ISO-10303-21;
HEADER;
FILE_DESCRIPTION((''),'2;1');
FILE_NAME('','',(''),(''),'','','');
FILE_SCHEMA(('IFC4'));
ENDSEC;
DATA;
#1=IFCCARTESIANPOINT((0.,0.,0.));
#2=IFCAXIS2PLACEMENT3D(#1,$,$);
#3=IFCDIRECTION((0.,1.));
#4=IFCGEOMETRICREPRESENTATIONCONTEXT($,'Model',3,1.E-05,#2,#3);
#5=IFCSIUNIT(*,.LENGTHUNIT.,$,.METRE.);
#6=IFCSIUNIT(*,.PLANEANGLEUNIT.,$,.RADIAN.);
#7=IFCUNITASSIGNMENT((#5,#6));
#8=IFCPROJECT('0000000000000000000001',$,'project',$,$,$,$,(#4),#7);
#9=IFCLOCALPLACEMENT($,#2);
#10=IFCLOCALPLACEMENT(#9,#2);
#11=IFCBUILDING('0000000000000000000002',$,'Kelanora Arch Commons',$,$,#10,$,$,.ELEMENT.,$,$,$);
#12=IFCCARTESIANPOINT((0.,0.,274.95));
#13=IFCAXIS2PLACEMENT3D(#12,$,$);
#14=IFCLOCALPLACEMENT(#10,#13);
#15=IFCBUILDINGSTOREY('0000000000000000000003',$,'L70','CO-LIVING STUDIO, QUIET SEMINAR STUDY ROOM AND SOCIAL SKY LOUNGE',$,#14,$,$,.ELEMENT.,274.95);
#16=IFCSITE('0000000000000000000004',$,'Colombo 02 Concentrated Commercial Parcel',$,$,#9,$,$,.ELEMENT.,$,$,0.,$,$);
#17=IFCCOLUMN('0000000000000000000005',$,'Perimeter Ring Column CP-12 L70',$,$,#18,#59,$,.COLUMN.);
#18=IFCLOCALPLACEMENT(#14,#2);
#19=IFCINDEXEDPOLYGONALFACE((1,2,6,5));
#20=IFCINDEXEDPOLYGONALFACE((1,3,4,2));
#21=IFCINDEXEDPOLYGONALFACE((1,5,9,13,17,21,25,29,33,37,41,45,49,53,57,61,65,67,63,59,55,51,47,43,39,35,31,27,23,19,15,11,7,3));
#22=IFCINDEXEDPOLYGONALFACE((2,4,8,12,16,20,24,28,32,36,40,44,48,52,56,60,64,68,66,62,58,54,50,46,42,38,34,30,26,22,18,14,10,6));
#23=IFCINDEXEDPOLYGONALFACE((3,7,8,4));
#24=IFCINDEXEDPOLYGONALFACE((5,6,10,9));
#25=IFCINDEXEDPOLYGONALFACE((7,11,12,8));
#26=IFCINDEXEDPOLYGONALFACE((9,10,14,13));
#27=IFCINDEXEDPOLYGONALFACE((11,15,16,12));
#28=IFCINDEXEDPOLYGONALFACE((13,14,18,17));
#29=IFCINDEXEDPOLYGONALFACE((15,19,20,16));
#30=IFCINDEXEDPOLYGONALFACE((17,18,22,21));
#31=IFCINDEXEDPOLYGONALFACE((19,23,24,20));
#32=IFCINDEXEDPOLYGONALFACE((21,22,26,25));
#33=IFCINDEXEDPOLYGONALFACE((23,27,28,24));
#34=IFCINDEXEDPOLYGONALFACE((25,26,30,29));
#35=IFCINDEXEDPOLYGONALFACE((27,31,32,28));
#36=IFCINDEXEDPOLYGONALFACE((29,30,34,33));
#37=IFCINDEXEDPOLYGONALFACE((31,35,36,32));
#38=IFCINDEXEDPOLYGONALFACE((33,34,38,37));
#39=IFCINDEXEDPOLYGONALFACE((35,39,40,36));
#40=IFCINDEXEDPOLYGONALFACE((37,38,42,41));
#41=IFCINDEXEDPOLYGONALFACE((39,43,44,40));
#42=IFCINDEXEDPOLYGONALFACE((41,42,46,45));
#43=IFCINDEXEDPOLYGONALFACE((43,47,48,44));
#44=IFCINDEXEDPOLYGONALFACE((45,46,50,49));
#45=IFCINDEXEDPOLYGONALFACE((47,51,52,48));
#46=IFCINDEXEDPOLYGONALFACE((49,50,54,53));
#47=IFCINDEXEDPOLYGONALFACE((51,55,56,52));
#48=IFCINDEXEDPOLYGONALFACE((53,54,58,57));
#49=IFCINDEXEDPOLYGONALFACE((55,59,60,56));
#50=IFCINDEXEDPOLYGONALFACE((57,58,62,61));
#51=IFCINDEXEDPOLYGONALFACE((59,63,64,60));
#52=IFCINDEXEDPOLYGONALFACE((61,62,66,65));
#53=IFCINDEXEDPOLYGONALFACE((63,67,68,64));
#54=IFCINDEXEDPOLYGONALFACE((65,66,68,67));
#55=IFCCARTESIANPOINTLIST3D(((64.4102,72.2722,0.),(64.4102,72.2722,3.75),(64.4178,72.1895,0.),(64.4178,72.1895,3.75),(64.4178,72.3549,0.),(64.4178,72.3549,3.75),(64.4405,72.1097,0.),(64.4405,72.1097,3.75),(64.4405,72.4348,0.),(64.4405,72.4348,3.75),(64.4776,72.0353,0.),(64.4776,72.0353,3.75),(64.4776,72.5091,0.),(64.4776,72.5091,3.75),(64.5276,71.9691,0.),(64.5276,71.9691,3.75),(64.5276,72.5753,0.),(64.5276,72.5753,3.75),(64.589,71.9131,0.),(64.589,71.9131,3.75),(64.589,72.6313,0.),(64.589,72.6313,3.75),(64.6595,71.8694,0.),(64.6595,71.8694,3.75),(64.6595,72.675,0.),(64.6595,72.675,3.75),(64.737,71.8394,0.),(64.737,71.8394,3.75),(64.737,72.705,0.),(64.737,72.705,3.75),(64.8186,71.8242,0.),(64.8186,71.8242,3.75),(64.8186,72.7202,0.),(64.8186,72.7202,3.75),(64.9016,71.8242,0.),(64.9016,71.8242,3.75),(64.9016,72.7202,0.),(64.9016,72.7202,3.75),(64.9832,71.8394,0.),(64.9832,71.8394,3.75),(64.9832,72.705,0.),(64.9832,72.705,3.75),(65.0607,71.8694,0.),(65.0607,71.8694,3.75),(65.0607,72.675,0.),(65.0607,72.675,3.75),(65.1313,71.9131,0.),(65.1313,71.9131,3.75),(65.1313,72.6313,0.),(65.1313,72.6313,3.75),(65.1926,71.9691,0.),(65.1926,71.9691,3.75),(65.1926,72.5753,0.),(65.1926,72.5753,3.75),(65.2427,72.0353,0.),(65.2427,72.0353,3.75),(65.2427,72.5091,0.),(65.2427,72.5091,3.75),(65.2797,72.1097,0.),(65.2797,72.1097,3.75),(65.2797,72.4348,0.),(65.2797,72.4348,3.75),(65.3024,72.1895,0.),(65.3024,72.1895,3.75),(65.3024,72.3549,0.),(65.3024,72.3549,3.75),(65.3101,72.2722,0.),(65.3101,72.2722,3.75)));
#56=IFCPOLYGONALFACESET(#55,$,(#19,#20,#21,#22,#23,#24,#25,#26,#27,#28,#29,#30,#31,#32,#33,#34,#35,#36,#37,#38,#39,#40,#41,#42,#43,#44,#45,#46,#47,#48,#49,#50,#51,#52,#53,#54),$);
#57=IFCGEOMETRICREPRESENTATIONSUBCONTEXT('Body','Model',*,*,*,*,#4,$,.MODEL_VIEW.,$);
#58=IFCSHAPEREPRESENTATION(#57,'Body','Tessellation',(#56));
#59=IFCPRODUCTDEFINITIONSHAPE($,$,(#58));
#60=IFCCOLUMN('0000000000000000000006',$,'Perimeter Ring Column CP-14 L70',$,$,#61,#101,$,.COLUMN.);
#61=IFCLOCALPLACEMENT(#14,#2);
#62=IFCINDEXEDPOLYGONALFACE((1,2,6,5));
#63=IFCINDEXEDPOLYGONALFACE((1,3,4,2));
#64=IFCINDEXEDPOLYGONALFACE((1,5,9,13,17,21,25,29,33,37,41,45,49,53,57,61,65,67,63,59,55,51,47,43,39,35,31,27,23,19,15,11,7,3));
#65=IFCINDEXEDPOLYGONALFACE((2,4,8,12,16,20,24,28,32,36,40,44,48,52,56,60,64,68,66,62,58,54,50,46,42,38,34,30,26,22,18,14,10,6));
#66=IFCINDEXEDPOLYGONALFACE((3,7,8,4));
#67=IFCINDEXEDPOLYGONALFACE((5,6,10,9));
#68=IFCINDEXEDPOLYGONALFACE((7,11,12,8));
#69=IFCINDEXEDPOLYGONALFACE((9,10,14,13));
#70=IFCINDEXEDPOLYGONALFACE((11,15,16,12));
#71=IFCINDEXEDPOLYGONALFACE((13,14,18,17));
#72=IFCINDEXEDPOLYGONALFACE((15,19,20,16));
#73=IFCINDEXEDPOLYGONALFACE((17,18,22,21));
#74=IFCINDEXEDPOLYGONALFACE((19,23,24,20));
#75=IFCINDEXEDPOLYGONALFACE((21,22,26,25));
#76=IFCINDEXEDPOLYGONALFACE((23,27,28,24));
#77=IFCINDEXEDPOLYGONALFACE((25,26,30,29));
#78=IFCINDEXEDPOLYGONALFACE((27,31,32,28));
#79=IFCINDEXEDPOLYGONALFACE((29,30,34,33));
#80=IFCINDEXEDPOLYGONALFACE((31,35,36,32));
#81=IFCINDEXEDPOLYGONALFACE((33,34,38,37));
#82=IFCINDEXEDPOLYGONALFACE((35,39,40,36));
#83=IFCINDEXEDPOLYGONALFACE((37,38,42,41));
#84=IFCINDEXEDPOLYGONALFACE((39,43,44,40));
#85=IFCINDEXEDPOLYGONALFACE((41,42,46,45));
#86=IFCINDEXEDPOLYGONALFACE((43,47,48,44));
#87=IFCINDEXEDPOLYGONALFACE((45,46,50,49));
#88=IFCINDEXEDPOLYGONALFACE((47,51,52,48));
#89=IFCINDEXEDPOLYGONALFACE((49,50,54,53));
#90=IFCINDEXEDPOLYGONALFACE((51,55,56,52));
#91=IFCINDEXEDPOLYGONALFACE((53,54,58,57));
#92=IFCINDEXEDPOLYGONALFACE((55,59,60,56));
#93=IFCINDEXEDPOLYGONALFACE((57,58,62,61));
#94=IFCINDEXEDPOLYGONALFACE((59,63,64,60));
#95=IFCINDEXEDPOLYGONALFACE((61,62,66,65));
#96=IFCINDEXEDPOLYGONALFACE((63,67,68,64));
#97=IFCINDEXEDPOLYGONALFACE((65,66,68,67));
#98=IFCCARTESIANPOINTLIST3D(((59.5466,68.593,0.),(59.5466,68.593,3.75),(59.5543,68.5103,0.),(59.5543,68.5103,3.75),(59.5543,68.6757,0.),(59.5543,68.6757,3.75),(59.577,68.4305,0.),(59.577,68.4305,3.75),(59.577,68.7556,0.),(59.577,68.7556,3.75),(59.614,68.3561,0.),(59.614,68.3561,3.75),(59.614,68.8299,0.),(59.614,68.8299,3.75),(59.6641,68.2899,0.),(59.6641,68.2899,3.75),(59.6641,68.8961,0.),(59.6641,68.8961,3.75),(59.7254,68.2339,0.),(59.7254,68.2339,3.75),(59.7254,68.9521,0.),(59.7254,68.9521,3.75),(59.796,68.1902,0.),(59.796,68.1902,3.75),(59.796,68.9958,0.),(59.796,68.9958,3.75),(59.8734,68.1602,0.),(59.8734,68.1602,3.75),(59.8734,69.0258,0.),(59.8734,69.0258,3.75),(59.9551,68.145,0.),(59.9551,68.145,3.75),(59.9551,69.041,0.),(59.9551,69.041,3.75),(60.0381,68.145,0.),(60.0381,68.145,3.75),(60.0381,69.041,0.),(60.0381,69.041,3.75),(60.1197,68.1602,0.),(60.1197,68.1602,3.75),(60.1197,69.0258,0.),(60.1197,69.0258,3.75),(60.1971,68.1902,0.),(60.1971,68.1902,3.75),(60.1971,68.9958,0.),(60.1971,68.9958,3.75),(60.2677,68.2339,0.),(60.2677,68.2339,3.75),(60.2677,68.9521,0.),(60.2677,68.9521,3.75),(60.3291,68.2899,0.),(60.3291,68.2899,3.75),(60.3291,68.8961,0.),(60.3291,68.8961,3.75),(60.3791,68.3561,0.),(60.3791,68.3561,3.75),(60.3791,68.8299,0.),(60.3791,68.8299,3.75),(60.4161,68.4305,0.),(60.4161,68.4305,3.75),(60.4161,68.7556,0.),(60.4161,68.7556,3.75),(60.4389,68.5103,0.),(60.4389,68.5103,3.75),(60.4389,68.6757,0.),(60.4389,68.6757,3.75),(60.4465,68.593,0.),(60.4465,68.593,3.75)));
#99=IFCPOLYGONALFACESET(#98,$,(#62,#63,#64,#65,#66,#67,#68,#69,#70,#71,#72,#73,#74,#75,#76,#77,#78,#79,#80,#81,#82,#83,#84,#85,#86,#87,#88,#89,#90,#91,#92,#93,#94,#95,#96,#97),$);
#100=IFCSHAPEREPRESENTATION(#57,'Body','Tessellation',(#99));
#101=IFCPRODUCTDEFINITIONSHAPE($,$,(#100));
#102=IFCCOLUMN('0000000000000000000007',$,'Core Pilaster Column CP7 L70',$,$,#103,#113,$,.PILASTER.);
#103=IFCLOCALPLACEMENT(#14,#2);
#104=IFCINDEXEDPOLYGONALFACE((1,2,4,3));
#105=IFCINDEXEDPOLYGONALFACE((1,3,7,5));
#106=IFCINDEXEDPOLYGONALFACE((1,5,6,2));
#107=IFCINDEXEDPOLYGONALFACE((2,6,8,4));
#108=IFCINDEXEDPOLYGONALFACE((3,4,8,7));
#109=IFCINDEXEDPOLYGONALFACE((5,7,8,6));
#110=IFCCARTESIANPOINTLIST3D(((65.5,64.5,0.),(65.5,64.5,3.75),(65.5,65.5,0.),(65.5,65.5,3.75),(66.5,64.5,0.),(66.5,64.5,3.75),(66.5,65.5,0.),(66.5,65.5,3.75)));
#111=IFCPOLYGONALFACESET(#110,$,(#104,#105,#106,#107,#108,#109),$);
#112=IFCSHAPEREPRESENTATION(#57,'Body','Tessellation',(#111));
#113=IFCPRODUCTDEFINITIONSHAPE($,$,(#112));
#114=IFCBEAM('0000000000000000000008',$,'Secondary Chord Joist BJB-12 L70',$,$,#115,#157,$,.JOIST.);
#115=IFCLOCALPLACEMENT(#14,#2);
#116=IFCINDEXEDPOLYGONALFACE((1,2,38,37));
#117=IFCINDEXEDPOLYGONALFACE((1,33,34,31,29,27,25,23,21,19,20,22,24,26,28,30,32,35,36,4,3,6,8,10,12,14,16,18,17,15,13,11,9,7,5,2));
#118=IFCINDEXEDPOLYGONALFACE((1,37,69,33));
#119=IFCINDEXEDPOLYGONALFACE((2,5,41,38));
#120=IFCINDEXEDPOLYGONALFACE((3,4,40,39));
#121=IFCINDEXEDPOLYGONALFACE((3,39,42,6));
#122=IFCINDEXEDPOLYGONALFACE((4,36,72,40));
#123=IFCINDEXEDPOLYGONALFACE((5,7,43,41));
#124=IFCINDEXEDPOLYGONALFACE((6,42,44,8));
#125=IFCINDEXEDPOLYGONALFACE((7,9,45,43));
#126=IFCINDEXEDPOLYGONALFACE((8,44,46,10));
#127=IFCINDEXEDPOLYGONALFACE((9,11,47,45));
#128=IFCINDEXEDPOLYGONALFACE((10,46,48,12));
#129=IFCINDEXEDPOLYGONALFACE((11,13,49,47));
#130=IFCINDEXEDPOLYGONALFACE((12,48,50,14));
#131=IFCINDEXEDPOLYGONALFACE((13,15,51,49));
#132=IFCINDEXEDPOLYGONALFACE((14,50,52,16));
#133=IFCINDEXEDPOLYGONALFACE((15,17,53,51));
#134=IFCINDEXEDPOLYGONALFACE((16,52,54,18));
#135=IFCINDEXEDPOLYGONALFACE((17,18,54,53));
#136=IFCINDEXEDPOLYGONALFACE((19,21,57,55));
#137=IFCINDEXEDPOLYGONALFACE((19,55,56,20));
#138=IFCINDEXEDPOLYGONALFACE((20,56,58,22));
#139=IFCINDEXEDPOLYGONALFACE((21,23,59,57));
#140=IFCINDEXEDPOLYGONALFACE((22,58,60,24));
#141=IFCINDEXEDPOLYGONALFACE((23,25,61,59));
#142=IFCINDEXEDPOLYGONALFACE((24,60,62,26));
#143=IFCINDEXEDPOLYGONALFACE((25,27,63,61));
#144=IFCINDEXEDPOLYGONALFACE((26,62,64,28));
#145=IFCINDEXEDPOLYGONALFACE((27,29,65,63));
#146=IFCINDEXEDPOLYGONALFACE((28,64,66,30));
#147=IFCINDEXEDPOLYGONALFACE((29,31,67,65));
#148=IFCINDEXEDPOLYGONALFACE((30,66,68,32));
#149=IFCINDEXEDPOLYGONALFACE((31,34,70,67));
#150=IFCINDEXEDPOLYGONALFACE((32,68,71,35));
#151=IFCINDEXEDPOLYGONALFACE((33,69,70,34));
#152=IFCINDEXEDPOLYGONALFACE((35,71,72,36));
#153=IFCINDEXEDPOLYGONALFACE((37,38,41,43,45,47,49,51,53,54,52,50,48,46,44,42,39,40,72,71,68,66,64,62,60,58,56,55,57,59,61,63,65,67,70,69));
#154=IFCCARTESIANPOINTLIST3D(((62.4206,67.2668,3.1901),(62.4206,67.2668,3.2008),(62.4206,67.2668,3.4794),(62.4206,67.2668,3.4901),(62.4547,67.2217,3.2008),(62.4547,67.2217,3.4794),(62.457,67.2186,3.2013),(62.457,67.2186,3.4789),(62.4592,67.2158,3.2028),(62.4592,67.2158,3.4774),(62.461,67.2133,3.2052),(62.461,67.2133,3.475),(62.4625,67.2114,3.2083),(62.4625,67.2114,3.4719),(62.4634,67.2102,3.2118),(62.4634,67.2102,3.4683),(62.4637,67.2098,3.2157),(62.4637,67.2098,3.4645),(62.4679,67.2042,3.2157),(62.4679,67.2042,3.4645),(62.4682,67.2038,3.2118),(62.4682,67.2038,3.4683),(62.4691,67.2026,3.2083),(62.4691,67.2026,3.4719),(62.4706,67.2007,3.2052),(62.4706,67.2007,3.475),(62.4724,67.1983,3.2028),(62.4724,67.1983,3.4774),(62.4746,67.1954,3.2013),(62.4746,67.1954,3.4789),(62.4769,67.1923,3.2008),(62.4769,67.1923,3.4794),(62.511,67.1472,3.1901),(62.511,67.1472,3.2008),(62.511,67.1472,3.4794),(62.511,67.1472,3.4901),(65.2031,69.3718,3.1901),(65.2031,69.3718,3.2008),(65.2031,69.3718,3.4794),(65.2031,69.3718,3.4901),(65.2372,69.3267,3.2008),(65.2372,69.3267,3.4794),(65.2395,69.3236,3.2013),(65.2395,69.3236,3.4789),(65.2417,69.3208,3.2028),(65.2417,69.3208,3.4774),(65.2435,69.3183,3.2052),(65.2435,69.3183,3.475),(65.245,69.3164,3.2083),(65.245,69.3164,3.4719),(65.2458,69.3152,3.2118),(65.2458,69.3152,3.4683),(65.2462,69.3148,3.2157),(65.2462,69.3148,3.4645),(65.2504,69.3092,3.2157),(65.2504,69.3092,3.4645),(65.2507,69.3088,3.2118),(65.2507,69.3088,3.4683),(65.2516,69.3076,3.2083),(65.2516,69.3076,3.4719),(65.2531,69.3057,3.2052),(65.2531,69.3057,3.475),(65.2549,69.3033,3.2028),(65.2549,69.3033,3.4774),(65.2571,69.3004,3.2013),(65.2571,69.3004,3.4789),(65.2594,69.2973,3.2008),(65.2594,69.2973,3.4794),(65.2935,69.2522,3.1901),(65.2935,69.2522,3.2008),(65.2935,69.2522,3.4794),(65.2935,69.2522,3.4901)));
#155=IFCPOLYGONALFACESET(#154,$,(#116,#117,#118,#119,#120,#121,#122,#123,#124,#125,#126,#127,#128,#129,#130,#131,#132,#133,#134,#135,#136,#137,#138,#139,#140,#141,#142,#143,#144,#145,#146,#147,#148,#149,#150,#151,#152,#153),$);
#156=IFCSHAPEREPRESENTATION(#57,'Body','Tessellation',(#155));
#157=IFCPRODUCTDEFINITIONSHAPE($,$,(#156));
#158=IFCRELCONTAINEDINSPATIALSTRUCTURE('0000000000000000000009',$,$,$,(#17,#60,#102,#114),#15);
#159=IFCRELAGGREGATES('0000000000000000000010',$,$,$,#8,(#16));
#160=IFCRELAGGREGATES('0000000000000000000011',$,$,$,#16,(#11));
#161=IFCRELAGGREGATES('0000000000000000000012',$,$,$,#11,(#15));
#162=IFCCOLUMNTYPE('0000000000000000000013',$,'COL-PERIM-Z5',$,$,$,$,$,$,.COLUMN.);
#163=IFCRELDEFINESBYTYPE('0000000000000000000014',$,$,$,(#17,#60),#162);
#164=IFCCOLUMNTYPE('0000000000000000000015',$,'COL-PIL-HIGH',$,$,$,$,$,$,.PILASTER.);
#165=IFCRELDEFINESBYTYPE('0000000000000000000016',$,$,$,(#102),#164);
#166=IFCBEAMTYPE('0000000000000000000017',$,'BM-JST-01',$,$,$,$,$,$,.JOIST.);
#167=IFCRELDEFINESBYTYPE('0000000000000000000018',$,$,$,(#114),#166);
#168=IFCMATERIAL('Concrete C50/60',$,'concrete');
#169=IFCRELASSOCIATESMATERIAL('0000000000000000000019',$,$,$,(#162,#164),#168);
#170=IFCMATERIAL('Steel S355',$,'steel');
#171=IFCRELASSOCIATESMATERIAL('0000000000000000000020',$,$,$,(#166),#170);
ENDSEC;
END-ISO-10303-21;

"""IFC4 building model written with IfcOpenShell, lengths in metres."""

from ifc_helpers import new_model, si_unit, direction, frame, origin, origin_2d, place, context, subcontext, project, spatial, rectangle, circle, i_section, extrude, material, material_profile, profile_set, type_object, element, save


model = new_model("IFC4")

# Units and contexts
model_context = context("Model", 3, precision=1e-05, world=origin(), true_north=direction((0.0, 1.0)))
body_context = subcontext(model_context, "Body", "Model", "MODEL_VIEW")
ifc_project = project(units=[si_unit("LENGTHUNIT", "METRE"), si_unit("PLANEANGLEUNIT", "RADIAN")], contexts=[model_context])

# Site, building, storey
site_placement = place(None, origin())
site = spatial("IfcSite", under=ifc_project, at=site_placement, Name="Colombo 02 Concentrated Commercial Parcel", CompositionType="ELEMENT", RefElevation=0.0)
building_placement = place(site_placement, origin())
building = spatial("IfcBuilding", under=site, at=building_placement, Name="Kelanora Arch Commons", CompositionType="ELEMENT")
storey_placement = place(building_placement, frame((0.0, 0.0, 274.95)))
storey = spatial("IfcBuildingStorey", under=building, at=storey_placement, Name="L70", Description="CO-LIVING STUDIO, QUIET SEMINAR STUDY ROOM AND SOCIAL SKY LOUNGE", CompositionType="ELEMENT", Elevation=274.95)

# Columns
ifc_material_1 = material(Name="Concrete C50/60", Category="concrete")
ifc_material_profile_1 = material_profile(ifc_material_1, circle(Radius=0.45, at=origin_2d()), Name="RCC900")
ifc_profile_set_1 = profile_set([ifc_material_profile_1], Name="Concrete C50/60")
column_type_1 = type_object("IfcColumnType", Name="COL-PERIM-Z5", PredefinedType="COLUMN", material=ifc_profile_set_1)
for number, where, z_axis, x_axis, name in (
    (1, (64.8601, 72.2722, 0.0), (0.0, 0.0, 1.0), (1.0, 0.0, 0.0), "Perimeter Ring Column CP-12 L70"),
    (2, (59.9966, 68.593, 0.0), (0.0, 0.0, 1.0), (1.0, 0.0, 0.0), "Perimeter Ring Column CP-14 L70"),
):
    element("IfcColumn", number, at=place(storey_placement, frame(where, z_axis=z_axis, x_axis=x_axis)), inside=storey, type_object=column_type_1, Name=name, PredefinedType="COLUMN", context=body_context, shape_type="SweptSolid", body=[
        extrude(circle(Radius=0.45, at=origin_2d()), origin(), (0.0, 0.0, 1.0), 3.75),
    ])
ifc_material_profile_2 = material_profile(ifc_material_1, rectangle(XDim=1.0, YDim=1.0, at=origin_2d()), Name="RC1000x1000")
ifc_profile_set_2 = profile_set([ifc_material_profile_2], Name="Concrete C50/60")
column_type_2 = type_object("IfcColumnType", Name="COL-PIL-HIGH", PredefinedType="PILASTER", material=ifc_profile_set_2)
column_placement = place(storey_placement, frame((66.0, 65.0, 0.0), z_axis=(0.0, 0.0, 1.0), x_axis=(1.0, 0.0, 0.0)))
element("IfcColumn", 3, at=column_placement, inside=storey, type_object=column_type_2, Name="Core Pilaster Column CP7 L70", PredefinedType="PILASTER", context=body_context, shape_type="SweptSolid", body=[
    extrude(rectangle(XDim=1.0, YDim=1.0, at=origin_2d()), origin(), (0.0, 0.0, 1.0), 3.75),
])

# Beam
ifc_material_2 = material(Name="Steel S355", Category="steel")
ifc_material_profile_3 = material_profile(ifc_material_2, i_section(OverallWidth=0.1499, OverallDepth=0.3, WebThickness=0.0071, FlangeThickness=0.0107, FilletRadius=0.0149, at=origin_2d()), Name="IPE300")
ifc_profile_set_3 = profile_set([ifc_material_profile_3], Name="Steel S355")
beam_type_1 = type_object("IfcBeamType", Name="BM-JST-01", PredefinedType="JOIST", material=ifc_profile_set_3)
beam_1_placement = place(storey_placement, frame((65.2483, 69.312, 3.3401), z_axis=(-0.797499, -0.60332, 0.0), x_axis=(0.60332, -0.797499, 0.0)))
element("IfcBeam", 4, at=beam_1_placement, inside=storey, type_object=beam_type_1, Name="Secondary Chord Joist BJB-12 L70", PredefinedType="JOIST", context=body_context, shape_type="SweptSolid", body=[
    extrude(i_section(OverallWidth=0.1499, OverallDepth=0.3, WebThickness=0.0071, FlangeThickness=0.0107, FilletRadius=0.0149, at=origin_2d()), origin(), (0.0, 0.0, 1.0), 3.489),
])

save(model, "model.ifc")
